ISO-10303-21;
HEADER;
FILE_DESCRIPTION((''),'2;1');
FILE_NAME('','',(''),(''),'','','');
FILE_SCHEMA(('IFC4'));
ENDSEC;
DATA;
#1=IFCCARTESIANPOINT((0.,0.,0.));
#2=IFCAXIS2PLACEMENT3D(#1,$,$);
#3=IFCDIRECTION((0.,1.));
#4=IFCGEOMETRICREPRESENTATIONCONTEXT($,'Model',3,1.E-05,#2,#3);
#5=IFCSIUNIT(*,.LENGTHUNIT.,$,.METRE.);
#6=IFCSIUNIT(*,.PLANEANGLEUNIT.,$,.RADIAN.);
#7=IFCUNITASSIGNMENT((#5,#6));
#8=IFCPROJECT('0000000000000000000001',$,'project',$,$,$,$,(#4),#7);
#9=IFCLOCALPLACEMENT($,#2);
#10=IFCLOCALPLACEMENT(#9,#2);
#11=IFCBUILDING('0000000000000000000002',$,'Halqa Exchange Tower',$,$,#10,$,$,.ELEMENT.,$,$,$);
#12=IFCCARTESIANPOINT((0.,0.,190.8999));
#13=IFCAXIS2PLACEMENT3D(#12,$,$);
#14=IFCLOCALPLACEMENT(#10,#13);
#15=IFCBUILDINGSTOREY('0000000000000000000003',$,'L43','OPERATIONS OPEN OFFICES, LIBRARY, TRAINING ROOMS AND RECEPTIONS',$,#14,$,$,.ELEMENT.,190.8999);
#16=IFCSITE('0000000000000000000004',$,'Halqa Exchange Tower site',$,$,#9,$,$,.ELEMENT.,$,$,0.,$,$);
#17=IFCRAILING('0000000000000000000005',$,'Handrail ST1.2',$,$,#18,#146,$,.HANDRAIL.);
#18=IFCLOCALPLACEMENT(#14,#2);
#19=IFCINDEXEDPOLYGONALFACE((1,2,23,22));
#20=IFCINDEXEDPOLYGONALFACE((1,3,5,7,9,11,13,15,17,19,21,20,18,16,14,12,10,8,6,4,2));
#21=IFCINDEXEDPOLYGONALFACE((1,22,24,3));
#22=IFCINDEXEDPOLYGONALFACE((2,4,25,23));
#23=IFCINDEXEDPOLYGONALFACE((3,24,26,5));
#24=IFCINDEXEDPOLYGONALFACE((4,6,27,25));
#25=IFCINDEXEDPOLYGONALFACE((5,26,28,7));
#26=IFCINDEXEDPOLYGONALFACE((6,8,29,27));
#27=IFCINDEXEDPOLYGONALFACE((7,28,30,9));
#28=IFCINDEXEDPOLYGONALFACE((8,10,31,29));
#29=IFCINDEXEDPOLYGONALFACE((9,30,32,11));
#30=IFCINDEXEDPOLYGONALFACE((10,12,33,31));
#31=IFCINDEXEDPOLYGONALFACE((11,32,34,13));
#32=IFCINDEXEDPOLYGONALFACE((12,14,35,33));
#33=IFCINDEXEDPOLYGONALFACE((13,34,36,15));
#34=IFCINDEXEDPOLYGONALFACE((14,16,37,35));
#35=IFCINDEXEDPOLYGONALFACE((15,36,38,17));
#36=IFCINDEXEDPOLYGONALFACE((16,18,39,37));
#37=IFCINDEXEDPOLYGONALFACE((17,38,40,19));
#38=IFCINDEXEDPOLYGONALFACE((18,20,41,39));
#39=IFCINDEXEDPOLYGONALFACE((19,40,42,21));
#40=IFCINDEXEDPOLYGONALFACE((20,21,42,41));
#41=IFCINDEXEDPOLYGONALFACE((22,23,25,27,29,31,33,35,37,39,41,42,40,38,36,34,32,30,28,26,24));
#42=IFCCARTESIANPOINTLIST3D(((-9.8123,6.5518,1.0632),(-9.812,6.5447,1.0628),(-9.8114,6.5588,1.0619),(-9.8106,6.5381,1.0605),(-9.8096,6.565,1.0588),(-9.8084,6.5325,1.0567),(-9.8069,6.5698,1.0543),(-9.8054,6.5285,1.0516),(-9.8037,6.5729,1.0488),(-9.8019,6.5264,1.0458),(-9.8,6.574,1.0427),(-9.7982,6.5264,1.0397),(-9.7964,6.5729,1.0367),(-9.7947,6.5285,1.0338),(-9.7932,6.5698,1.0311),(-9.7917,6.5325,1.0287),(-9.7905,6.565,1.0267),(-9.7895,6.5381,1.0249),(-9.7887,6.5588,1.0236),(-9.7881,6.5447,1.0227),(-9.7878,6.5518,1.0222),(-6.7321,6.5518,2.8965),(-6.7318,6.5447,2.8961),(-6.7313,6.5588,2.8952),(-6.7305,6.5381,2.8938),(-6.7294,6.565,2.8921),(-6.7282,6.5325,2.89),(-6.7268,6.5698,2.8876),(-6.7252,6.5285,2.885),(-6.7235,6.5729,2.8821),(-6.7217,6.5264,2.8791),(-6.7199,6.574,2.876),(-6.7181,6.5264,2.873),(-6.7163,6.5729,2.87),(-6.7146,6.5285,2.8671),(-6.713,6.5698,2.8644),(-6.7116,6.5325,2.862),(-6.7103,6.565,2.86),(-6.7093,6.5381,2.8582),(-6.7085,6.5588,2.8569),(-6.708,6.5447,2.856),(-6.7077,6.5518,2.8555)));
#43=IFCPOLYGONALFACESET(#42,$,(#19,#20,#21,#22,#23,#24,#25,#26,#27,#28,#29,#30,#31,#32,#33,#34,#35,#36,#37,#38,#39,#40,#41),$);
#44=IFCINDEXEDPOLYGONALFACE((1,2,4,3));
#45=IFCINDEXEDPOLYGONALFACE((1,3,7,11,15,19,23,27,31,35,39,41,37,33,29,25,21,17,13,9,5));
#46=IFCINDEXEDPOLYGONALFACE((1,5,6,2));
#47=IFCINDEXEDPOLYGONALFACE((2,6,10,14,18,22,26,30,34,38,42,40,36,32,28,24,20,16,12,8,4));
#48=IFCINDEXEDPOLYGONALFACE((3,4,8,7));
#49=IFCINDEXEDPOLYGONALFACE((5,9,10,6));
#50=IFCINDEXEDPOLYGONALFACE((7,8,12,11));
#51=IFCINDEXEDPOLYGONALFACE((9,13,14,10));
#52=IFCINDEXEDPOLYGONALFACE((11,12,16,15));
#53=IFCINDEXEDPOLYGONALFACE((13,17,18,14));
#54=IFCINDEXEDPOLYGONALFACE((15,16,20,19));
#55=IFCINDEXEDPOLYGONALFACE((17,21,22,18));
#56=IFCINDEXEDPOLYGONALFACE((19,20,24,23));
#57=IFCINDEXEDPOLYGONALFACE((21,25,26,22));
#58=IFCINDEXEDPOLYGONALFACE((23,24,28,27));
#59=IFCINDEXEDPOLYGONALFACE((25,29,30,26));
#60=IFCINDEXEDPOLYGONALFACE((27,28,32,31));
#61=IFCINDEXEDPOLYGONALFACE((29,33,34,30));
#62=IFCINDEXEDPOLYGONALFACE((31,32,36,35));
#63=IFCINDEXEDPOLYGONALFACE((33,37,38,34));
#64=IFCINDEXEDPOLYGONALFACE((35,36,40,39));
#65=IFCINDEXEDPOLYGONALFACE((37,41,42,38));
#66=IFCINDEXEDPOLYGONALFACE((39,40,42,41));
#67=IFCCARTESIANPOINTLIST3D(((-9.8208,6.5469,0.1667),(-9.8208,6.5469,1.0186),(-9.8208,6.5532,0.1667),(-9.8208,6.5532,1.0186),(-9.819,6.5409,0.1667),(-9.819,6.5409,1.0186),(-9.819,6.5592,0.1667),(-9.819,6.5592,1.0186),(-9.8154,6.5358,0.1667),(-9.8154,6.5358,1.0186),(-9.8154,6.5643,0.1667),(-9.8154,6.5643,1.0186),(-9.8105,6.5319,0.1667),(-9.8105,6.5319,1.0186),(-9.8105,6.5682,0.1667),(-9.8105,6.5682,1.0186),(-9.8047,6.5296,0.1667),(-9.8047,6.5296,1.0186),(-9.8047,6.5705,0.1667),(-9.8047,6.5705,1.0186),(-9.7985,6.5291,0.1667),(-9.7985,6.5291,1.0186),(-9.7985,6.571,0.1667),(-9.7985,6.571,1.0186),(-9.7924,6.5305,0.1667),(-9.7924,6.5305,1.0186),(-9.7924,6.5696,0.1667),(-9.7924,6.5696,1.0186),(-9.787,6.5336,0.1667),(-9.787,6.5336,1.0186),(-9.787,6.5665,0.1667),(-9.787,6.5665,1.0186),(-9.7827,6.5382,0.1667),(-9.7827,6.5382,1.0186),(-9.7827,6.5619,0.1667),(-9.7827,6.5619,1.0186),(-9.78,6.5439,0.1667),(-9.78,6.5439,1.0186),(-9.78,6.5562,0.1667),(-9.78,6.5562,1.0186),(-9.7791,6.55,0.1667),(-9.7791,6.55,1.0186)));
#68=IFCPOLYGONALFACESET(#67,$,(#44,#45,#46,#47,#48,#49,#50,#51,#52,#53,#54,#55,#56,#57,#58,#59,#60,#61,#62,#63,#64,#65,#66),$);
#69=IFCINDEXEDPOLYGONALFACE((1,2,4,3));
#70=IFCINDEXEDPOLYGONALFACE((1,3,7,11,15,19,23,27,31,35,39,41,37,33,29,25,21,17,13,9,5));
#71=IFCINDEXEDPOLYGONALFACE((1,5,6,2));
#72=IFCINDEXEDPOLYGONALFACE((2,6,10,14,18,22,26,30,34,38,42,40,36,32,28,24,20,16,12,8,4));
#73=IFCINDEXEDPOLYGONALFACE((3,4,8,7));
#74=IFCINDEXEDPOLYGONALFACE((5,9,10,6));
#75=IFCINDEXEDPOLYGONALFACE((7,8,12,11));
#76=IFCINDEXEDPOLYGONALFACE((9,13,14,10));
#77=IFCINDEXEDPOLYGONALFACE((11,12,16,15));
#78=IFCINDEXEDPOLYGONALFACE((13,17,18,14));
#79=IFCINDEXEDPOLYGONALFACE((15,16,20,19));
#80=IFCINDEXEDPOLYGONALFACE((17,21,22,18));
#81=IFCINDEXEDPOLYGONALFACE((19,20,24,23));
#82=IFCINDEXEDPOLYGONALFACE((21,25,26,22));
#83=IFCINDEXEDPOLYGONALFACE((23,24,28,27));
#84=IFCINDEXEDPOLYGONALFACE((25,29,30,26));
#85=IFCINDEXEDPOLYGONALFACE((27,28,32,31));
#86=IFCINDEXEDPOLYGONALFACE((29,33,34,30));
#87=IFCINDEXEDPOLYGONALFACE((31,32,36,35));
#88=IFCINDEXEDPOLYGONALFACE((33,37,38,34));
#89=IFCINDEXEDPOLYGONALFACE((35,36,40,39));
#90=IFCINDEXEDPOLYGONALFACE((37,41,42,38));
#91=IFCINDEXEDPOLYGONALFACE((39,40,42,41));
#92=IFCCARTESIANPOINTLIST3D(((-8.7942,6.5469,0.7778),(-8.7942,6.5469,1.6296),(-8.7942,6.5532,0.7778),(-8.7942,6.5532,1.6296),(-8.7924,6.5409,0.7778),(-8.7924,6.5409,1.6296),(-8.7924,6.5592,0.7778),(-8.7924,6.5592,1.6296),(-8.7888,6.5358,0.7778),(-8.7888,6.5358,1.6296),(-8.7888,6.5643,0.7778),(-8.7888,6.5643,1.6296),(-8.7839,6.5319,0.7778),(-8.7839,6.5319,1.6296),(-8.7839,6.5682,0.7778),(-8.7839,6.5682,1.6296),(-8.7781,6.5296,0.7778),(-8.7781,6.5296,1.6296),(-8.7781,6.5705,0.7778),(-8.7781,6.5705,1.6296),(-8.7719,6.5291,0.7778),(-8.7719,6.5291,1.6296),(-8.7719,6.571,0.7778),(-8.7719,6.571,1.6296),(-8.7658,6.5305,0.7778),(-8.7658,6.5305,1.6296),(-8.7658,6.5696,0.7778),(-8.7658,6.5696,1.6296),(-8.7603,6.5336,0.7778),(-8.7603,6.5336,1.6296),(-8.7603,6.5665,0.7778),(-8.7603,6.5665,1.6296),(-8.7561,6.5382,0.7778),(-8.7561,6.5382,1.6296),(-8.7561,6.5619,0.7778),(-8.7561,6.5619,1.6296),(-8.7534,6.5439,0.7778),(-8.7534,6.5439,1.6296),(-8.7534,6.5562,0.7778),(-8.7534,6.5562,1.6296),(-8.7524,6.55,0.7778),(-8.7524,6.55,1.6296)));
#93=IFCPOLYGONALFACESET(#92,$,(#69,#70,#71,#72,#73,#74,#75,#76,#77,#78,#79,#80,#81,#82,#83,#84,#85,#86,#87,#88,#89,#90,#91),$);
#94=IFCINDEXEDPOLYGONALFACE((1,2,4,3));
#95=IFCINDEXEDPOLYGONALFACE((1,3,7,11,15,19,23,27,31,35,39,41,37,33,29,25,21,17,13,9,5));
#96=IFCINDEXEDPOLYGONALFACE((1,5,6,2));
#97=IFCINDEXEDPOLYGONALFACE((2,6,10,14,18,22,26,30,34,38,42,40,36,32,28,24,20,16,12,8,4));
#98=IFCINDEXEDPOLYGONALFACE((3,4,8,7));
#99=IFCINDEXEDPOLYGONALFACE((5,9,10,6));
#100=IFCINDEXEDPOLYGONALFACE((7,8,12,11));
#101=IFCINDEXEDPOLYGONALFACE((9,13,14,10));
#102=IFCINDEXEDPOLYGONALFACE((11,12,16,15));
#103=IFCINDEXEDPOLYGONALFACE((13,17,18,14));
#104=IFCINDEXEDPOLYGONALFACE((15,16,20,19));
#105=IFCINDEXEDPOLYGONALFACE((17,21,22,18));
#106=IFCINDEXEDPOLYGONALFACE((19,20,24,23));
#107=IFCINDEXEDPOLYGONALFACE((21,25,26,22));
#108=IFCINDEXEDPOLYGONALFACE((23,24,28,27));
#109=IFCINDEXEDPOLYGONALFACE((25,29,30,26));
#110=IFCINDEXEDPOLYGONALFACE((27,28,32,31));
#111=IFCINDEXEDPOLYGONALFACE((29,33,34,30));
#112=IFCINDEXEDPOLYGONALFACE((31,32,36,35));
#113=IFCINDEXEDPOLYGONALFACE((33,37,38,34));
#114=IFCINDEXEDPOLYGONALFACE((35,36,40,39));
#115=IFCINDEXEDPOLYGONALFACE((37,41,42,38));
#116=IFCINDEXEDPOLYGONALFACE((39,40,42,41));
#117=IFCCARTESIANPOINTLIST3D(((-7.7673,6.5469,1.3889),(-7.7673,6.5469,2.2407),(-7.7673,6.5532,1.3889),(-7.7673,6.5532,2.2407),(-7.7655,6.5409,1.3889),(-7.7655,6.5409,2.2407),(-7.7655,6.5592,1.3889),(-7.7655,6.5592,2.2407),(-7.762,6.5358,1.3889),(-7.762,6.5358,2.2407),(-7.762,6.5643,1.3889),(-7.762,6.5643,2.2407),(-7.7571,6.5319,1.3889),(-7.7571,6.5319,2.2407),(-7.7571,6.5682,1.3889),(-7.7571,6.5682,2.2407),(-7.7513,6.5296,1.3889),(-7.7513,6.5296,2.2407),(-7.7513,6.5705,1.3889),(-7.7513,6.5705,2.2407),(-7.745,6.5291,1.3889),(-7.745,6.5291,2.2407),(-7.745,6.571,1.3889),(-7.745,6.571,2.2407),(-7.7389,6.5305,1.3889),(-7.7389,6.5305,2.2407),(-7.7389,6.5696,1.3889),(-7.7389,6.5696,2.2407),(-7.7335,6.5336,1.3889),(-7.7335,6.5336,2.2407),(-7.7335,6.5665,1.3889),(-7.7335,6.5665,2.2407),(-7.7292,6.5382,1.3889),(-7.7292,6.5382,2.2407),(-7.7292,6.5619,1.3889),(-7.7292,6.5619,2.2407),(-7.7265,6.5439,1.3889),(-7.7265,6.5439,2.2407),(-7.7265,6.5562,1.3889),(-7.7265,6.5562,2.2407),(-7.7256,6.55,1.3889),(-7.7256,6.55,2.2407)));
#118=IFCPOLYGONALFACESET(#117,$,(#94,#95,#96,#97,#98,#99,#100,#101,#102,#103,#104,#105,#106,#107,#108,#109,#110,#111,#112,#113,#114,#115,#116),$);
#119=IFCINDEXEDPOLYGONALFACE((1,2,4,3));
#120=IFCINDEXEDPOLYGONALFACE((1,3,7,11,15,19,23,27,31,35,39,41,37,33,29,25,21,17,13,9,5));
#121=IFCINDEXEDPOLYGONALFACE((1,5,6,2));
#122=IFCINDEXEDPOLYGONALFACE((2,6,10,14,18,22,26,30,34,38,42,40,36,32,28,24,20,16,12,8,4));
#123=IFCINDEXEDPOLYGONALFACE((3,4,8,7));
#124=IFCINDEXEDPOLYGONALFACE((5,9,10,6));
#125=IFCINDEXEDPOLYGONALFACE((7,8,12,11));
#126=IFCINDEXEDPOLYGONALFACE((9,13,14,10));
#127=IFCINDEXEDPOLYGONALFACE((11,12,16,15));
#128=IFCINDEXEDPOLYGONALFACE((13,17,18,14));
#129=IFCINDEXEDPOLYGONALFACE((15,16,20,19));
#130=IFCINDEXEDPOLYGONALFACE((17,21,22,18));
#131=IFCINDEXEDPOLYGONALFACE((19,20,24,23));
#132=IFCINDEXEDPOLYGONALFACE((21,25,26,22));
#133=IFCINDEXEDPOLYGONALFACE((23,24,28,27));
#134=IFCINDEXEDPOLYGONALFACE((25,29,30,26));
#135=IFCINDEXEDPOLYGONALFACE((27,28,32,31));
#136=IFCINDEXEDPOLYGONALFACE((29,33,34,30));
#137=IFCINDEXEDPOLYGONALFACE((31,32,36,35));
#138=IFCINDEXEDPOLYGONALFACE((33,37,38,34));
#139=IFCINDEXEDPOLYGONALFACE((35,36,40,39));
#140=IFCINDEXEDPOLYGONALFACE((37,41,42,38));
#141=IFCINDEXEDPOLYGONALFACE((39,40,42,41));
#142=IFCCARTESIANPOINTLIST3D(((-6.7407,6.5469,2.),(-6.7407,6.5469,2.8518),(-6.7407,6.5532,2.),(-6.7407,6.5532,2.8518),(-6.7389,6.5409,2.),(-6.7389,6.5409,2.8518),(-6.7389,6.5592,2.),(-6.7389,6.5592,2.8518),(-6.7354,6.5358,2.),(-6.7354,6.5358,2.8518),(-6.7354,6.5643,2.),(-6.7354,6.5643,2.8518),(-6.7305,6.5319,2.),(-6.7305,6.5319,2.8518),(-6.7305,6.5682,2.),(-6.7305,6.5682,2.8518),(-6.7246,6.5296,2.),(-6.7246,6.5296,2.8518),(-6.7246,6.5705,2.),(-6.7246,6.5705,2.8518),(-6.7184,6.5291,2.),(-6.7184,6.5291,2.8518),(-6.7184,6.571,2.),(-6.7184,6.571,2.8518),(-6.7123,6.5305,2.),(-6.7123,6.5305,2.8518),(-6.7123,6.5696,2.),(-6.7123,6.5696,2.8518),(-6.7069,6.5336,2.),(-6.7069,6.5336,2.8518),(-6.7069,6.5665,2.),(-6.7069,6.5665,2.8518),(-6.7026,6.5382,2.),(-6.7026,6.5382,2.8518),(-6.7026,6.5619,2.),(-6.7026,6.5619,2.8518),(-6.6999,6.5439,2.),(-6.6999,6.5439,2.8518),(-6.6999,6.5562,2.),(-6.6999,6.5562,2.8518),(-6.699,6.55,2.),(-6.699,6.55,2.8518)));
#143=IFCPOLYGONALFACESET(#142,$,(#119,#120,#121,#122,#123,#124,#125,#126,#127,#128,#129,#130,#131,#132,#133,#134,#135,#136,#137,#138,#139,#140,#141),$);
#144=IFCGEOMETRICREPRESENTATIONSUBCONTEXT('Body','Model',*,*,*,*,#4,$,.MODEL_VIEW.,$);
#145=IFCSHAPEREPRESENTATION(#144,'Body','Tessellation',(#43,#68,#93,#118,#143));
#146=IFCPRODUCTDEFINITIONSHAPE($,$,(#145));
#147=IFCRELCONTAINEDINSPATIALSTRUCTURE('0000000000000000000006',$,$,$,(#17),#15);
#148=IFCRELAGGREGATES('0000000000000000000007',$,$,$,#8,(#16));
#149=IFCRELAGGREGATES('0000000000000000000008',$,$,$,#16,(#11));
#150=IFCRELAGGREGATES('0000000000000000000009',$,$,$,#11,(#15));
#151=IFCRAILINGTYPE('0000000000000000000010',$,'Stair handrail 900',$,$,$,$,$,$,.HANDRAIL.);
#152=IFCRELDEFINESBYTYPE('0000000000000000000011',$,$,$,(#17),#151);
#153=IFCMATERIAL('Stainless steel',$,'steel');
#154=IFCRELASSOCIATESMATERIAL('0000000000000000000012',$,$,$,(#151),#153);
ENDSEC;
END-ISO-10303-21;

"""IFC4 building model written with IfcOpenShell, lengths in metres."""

from ifc_helpers import new_model, si_unit, direction, frame, origin, origin_2d, place, context, subcontext, project, spatial, circle, extrude, material, type_object, element, save


model = new_model("IFC4")

# Units and contexts
model_context = context("Model", 3, precision=1e-05, world=origin(), true_north=direction((0.0, 1.0)))
body_context = subcontext(model_context, "Body", "Model", "MODEL_VIEW")
ifc_project = project(units=[si_unit("LENGTHUNIT", "METRE"), si_unit("PLANEANGLEUNIT", "RADIAN")], contexts=[model_context])

# Site, building, storey
site_placement = place(None, origin())
site = spatial("IfcSite", under=ifc_project, at=site_placement, Name="Halqa Exchange Tower site", CompositionType="ELEMENT", RefElevation=0.0)
building_placement = place(site_placement, origin())
building = spatial("IfcBuilding", under=site, at=building_placement, Name="Halqa Exchange Tower", CompositionType="ELEMENT")
storey_placement = place(building_placement, frame((0.0, 0.0, 190.8999)))
storey = spatial("IfcBuildingStorey", under=building, at=storey_placement, Name="L43", Description="OPERATIONS OPEN OFFICES, LIBRARY, TRAINING ROOMS AND RECEPTIONS", CompositionType="ELEMENT", Elevation=190.8999)

# Shared definitions
ifc_material_1 = material(Name="Stainless steel", Category="steel")

# Railing
railing_type_1 = type_object("IfcRailingType", Name="Stair handrail 900", PredefinedType="HANDRAIL", material=ifc_material_1)
railing_1_placement = place(storey_placement, frame((-9.8, 6.55, 0.1667)))
element("IfcRailing", 1, at=railing_1_placement, inside=storey, type_object=railing_type_1, Name="Handrail ST1.2", PredefinedType="HANDRAIL", context=body_context, shape_type="SweptSolid", body=[
    extrude(circle(Radius=0.0239, at=origin_2d()), frame((0.0, 0.0, 0.876), z_axis=(0.859309, 0.0, 0.511458), x_axis=(0.0, 1.0, 0.0)), (0.0, 0.0, 1.0), 3.5845),
    extrude(circle(Radius=0.021, at=origin_2d()), origin(), (0.0, 0.0, 1.0), 0.8518),
    extrude(circle(Radius=0.021, at=origin_2d()), frame((1.0266, 0.0, 0.6111)), (0.0, 0.0, 1.0), 0.8518),
    extrude(circle(Radius=0.021, at=origin_2d()), frame((2.0535, 0.0, 1.2222)), (0.0, 0.0, 1.0), 0.8518),
    extrude(circle(Radius=0.021, at=origin_2d()), frame((3.0801, 0.0, 1.8333)), (0.0, 0.0, 1.0), 0.8518),
])

save(model, "model.ifc")
